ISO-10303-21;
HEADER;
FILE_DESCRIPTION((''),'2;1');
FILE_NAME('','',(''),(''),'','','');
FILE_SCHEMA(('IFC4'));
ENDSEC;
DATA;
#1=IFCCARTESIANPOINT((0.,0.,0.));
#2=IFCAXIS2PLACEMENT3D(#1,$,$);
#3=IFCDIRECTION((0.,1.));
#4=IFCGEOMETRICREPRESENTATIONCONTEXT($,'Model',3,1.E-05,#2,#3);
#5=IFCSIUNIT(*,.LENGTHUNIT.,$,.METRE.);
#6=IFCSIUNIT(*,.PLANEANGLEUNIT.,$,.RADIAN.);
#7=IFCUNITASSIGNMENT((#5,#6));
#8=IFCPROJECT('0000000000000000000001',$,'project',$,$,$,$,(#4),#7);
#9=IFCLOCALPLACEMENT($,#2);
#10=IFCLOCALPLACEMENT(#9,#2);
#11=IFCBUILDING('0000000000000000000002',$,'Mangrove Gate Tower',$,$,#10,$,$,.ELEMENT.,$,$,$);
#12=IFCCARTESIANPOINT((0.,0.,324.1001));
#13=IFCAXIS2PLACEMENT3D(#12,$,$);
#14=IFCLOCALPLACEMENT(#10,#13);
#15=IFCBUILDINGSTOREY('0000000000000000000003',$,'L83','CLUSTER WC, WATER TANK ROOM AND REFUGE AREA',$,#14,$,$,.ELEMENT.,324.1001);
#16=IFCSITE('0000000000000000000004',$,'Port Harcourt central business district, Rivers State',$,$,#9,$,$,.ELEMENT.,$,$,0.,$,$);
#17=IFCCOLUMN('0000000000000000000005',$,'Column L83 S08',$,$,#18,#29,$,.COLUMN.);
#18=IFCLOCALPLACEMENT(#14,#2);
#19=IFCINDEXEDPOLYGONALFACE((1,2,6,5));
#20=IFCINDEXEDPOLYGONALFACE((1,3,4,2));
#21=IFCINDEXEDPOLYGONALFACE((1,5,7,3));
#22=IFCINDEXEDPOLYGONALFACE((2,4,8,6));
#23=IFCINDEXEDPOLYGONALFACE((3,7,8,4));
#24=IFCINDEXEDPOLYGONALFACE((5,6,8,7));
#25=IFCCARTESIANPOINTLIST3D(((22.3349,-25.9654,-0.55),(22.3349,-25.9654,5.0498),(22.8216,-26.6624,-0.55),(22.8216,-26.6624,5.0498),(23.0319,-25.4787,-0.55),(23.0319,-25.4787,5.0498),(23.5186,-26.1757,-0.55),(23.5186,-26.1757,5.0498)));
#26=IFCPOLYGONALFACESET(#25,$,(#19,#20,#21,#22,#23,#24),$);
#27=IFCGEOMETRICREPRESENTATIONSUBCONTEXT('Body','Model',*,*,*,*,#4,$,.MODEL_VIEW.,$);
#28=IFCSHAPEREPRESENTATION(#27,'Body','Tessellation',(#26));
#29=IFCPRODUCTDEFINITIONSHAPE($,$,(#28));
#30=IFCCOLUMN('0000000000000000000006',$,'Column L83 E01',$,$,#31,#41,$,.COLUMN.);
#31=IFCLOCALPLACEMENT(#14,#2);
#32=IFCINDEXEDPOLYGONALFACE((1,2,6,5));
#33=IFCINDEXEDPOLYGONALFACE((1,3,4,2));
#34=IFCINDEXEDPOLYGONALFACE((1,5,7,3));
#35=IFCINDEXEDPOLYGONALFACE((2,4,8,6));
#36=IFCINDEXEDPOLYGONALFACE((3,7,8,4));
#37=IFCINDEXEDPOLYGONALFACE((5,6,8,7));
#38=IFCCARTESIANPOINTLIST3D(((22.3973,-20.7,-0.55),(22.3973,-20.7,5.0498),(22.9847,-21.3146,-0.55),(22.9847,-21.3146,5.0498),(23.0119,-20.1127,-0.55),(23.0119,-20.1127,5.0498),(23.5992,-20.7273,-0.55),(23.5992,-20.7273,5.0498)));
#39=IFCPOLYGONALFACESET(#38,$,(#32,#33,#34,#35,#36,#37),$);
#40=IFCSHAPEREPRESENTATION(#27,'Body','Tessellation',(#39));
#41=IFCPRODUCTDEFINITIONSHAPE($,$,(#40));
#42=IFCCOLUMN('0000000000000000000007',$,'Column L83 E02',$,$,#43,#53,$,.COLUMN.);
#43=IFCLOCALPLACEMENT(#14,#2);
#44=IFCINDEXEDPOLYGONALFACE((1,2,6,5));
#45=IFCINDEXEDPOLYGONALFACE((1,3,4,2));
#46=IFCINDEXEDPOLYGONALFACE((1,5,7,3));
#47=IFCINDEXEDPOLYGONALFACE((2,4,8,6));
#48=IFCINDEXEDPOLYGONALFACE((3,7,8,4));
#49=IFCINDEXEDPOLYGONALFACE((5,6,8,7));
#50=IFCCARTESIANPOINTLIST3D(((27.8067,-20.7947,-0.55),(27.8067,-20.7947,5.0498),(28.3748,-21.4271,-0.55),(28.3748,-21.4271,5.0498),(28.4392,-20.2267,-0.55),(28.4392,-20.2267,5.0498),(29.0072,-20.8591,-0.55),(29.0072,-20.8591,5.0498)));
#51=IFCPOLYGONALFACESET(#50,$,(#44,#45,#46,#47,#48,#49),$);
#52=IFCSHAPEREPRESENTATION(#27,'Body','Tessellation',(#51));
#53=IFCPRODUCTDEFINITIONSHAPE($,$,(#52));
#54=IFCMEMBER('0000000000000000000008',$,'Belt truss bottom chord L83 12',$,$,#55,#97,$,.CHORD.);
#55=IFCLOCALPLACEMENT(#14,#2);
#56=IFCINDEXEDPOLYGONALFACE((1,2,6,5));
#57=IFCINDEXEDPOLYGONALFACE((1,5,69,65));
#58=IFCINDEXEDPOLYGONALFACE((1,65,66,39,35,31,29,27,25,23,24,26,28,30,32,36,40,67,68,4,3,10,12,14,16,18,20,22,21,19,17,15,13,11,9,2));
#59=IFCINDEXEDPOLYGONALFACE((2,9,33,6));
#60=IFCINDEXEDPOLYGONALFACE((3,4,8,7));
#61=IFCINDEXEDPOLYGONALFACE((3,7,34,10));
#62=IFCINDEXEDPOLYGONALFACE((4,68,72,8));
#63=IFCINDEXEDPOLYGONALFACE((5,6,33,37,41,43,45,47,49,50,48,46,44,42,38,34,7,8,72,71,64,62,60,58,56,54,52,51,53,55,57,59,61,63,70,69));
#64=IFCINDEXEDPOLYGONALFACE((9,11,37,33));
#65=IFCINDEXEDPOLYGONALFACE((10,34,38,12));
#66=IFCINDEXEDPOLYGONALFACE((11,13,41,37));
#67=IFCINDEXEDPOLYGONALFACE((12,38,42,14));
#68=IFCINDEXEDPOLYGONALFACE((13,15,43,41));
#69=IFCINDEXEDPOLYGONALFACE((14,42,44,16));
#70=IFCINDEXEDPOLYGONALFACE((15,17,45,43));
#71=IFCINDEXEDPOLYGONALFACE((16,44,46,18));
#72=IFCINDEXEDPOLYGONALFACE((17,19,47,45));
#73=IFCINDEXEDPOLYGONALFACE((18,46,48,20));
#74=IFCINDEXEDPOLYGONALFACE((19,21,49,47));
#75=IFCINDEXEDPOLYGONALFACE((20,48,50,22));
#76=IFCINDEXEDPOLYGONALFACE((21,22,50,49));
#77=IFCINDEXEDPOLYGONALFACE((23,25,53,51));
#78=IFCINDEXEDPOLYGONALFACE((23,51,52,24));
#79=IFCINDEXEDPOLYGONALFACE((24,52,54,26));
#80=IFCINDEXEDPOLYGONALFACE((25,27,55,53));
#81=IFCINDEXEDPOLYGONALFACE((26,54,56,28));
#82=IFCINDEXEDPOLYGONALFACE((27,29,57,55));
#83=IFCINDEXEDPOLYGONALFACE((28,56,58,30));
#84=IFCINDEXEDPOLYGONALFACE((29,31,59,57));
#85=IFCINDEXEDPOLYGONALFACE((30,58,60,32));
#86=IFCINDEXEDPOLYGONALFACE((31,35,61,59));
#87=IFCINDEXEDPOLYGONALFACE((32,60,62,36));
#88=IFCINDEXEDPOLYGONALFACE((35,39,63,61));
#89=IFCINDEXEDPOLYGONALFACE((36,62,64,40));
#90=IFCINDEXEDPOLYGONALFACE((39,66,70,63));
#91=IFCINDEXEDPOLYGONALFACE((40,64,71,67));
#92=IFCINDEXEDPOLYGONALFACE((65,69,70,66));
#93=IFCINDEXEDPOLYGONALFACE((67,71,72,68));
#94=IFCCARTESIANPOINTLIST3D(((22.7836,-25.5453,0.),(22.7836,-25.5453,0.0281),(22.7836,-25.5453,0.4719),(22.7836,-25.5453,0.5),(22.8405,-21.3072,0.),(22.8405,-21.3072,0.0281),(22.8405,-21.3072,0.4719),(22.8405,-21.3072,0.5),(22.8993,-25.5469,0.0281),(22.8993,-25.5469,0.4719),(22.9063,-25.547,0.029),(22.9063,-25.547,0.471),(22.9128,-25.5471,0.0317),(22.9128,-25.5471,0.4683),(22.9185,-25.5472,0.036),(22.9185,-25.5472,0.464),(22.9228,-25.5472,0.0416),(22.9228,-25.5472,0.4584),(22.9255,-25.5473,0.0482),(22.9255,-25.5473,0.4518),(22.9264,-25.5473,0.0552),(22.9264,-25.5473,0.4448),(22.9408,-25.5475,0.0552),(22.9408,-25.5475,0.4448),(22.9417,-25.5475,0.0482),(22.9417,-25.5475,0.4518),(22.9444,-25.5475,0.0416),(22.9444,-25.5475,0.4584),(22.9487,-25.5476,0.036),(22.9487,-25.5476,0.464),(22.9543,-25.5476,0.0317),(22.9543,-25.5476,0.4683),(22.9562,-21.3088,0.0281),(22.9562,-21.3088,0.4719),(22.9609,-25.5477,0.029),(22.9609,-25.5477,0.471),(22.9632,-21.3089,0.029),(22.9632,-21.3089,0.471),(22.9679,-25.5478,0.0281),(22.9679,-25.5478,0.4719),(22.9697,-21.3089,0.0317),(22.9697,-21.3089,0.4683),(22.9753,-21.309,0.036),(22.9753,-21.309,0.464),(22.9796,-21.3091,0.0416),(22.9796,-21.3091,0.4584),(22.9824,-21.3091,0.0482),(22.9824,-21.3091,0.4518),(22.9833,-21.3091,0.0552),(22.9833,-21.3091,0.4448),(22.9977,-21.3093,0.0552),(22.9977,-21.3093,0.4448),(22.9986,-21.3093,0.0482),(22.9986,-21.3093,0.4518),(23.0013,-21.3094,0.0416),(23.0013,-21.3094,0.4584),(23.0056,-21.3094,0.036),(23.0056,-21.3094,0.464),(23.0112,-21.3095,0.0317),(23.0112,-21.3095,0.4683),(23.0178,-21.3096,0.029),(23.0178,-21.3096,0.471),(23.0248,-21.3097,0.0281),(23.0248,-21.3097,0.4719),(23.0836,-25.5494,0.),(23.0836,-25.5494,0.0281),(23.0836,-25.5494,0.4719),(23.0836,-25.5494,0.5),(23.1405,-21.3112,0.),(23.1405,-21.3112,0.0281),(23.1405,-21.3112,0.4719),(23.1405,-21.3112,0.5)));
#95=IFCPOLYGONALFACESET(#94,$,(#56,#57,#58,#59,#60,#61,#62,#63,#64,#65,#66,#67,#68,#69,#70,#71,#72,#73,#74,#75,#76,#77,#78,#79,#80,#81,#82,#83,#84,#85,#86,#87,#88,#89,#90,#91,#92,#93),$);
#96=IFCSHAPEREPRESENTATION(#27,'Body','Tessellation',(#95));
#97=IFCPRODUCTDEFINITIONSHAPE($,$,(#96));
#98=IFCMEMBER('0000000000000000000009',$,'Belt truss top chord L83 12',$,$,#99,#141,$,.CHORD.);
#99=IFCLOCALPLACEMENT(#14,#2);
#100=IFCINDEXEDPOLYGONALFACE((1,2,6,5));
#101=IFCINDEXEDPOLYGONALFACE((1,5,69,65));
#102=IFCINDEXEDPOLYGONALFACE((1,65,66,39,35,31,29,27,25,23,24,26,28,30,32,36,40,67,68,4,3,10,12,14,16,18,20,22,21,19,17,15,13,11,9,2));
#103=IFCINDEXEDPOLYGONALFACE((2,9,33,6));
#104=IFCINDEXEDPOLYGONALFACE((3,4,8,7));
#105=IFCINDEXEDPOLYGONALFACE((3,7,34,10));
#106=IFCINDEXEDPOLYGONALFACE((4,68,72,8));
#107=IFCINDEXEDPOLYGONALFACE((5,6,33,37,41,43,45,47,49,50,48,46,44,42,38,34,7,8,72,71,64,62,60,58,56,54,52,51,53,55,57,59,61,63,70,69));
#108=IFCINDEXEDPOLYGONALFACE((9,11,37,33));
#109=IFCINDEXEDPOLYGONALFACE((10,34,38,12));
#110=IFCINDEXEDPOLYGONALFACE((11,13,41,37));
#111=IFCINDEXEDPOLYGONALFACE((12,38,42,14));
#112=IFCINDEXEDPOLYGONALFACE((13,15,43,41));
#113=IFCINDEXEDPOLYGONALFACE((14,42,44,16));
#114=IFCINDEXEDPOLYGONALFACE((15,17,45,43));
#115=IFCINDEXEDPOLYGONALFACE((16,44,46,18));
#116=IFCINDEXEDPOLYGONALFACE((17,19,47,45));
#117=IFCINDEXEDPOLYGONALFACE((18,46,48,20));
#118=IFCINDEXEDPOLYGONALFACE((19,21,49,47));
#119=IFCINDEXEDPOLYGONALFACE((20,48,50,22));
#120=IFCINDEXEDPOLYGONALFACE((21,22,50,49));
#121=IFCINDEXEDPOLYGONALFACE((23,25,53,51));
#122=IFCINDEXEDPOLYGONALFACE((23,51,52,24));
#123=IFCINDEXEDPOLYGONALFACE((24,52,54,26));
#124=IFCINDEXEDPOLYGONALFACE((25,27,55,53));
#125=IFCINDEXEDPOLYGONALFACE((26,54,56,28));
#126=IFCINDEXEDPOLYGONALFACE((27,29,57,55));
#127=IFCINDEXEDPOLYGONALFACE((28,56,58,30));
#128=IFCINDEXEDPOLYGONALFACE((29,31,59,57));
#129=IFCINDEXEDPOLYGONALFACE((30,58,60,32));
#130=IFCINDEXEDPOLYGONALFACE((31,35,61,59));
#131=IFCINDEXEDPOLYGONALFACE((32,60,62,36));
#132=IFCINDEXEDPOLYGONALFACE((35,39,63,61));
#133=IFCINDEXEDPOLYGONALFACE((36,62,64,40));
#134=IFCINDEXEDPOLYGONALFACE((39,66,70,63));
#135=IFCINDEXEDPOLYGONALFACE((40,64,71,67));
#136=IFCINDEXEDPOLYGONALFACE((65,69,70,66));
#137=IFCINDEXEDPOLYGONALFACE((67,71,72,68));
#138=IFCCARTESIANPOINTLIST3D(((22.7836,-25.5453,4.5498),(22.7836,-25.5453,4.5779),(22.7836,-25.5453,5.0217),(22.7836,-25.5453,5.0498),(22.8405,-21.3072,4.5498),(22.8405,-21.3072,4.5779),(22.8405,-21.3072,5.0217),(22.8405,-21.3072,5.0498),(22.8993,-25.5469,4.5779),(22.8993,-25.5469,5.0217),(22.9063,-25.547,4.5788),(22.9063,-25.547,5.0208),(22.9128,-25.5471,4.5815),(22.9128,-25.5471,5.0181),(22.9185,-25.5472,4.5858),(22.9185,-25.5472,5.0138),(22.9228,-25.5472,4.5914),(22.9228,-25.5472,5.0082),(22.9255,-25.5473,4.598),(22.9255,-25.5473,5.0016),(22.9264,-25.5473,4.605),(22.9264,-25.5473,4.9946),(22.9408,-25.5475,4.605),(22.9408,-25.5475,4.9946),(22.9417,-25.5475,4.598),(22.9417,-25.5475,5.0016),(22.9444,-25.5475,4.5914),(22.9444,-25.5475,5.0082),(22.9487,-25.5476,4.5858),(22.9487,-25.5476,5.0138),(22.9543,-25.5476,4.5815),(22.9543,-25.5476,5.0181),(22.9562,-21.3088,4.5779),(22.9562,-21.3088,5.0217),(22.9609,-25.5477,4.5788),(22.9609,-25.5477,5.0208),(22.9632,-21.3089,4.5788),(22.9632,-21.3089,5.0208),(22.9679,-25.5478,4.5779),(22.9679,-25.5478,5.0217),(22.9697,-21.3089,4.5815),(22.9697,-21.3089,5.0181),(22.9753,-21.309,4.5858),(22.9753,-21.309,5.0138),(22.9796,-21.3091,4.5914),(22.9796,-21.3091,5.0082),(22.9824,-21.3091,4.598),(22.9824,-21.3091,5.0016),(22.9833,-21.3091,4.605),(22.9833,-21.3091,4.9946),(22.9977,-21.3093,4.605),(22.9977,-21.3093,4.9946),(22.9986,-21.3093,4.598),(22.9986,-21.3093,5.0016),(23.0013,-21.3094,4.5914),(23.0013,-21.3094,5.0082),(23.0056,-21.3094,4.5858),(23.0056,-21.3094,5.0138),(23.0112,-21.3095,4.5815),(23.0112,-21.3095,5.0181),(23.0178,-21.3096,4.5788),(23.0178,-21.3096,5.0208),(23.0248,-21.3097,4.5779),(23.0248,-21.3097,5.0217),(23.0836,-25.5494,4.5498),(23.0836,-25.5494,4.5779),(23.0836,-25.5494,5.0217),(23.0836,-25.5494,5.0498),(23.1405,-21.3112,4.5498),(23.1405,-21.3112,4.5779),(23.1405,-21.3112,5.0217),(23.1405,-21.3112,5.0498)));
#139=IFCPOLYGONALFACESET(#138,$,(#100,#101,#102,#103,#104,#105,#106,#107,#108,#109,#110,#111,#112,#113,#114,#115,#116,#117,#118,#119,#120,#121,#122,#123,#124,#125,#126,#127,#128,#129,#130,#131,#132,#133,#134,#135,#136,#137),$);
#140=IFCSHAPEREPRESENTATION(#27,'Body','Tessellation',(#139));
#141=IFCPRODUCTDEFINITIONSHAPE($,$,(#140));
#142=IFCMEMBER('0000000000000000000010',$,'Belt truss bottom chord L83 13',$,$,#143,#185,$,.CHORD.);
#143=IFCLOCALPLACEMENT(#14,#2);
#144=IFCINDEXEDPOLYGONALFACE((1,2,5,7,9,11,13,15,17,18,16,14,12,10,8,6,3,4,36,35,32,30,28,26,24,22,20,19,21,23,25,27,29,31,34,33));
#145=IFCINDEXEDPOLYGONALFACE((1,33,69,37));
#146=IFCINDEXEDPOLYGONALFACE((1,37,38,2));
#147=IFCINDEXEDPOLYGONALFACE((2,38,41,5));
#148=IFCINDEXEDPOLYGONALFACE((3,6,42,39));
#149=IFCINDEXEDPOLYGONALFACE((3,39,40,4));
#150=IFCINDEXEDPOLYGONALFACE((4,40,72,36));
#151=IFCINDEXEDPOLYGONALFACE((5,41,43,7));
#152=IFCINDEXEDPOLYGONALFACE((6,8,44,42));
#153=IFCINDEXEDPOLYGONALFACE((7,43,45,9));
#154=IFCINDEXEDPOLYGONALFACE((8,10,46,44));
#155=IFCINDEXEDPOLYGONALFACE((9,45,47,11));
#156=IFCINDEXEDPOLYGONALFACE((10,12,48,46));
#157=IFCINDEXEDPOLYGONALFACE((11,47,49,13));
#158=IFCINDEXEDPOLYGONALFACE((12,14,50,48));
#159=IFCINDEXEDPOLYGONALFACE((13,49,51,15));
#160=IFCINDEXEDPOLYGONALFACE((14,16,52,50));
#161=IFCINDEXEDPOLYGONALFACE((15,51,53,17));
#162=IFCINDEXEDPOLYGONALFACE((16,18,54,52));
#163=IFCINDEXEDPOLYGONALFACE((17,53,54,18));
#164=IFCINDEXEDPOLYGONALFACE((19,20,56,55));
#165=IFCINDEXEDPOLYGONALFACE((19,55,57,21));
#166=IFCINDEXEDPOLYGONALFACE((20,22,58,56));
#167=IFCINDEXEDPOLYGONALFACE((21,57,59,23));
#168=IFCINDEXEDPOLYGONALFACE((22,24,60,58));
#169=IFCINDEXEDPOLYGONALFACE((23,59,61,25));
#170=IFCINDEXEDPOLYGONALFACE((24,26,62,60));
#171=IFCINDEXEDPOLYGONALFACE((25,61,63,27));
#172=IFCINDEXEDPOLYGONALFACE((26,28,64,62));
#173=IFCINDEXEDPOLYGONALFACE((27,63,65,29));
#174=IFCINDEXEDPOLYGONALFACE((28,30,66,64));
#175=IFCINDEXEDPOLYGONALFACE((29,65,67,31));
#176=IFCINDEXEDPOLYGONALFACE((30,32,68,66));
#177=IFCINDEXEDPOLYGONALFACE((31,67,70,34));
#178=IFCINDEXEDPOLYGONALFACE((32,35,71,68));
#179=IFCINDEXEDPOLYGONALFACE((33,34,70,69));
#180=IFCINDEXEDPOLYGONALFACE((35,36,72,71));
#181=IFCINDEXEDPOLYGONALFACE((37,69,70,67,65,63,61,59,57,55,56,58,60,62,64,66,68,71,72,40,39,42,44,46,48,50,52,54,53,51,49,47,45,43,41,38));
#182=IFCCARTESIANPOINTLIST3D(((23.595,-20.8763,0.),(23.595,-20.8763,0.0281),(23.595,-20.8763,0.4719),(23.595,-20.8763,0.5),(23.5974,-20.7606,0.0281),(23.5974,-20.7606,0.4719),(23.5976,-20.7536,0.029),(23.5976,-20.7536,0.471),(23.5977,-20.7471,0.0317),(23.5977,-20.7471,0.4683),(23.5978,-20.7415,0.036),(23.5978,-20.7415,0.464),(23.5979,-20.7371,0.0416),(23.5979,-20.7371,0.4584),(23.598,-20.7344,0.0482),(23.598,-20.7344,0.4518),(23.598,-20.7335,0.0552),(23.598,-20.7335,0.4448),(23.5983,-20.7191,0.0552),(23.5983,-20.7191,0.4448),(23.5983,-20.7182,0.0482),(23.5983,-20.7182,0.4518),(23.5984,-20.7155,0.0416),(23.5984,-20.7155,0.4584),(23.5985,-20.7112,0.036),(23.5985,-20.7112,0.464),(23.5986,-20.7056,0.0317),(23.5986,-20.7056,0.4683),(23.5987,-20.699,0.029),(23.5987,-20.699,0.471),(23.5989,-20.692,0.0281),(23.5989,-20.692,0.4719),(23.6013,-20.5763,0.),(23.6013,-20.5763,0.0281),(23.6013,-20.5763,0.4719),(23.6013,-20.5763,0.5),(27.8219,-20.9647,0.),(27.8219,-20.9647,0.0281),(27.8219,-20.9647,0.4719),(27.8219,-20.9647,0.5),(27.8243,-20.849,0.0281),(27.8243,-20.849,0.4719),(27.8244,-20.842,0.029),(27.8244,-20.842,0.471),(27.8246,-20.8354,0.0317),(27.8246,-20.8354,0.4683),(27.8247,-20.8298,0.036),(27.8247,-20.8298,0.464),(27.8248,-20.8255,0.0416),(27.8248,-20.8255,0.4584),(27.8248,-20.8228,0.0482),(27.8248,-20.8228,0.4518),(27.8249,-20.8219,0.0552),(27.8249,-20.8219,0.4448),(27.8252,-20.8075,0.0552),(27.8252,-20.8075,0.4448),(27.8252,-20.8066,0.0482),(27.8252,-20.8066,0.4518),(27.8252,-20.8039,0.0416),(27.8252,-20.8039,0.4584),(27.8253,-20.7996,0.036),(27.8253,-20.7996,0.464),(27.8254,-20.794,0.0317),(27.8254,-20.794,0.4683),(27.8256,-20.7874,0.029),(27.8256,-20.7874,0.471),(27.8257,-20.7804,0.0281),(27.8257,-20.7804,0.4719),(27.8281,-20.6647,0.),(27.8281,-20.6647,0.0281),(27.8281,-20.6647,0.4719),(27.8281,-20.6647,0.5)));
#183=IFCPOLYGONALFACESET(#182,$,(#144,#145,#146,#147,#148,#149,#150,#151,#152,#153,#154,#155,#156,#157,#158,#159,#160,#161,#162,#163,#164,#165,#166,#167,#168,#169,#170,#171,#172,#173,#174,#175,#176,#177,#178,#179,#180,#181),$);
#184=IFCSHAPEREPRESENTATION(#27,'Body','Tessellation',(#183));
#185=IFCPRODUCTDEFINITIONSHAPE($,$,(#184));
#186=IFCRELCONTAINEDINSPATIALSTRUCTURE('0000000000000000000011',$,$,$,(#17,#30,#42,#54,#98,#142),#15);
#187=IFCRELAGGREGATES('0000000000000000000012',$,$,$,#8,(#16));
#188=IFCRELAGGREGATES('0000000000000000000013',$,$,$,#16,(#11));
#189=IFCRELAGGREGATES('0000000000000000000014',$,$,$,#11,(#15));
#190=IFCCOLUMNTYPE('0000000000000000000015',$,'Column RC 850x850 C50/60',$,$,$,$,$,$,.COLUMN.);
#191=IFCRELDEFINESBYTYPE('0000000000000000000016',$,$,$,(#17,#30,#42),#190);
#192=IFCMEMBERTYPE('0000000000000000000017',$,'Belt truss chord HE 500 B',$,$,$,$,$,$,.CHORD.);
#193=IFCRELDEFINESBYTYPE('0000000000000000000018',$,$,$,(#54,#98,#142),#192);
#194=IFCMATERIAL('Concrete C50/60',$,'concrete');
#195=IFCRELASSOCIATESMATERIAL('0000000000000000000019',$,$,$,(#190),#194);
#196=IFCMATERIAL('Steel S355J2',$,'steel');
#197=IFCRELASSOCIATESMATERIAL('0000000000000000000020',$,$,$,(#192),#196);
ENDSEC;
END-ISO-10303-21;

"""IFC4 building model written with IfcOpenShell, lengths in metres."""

from ifc_helpers import new_model, si_unit, direction, frame, origin, origin_2d, place, context, subcontext, project, spatial, rectangle, i_section, extrude, material, material_profile, profile_set, type_object, element, save


model = new_model("IFC4")

# Units and contexts
model_context = context("Model", 3, precision=1e-05, world=origin(), true_north=direction((0.0, 1.0)))
body_context = subcontext(model_context, "Body", "Model", "MODEL_VIEW")
ifc_project = project(units=[si_unit("LENGTHUNIT", "METRE"), si_unit("PLANEANGLEUNIT", "RADIAN")], contexts=[model_context])

# Site, building, storey
site_placement = place(None, origin())
site = spatial("IfcSite", under=ifc_project, at=site_placement, Name="Port Harcourt central business district, Rivers State", CompositionType="ELEMENT", RefElevation=0.0)
building_placement = place(site_placement, origin())
building = spatial("IfcBuilding", under=site, at=building_placement, Name="Mangrove Gate Tower", CompositionType="ELEMENT")
storey_placement = place(building_placement, frame((0.0, 0.0, 324.1001)))
storey = spatial("IfcBuildingStorey", under=building, at=storey_placement, Name="L83", Description="CLUSTER WC, WATER TANK ROOM AND REFUGE AREA", CompositionType="ELEMENT", Elevation=324.1001)

# Columns
ifc_material_1 = material(Name="Concrete C50/60", Category="concrete")
ifc_material_profile_1 = material_profile(ifc_material_1, rectangle(XDim=0.8501, YDim=0.8501, at=origin_2d()))
ifc_profile_set_1 = profile_set([ifc_material_profile_1], Name="Concrete C50/60")
column_type = type_object("IfcColumnType", Name="Column RC 850x850 C50/60", PredefinedType="COLUMN", material=ifc_profile_set_1)
for number, where, z_axis, x_axis, name in (
    (1, (22.9268, -26.0706, -0.55), (0.0, 0.0, 1.0), (0.81992, 0.572478, 0.0), "Column L83 S08"),
    (2, (22.9983, -20.7136, -0.55), (0.0, 0.0, 1.0), (0.722966, 0.690884, 0.0), "Column L83 E01"),
    (3, (28.407, -20.8269, -0.55), (0.0, 0.0, 1.0), (0.744005, 0.668174, 0.0), "Column L83 E02"),
):
    element("IfcColumn", number, at=place(storey_placement, frame(where, z_axis=z_axis, x_axis=x_axis)), inside=storey, type_object=column_type, Name=name, PredefinedType="COLUMN", context=body_context, shape_type="SweptSolid", body=[
        extrude(rectangle(XDim=0.8501, YDim=0.8501, at=origin_2d()), origin(), (0.0, 0.0, 1.0), 5.5999),
    ])

# Members
ifc_material_2 = material(Name="Steel S355J2", Category="steel")
ifc_material_profile_2 = material_profile(ifc_material_2, i_section(OverallWidth=0.3, OverallDepth=0.5, WebThickness=0.0144, FlangeThickness=0.0281, FilletRadius=0.0271, at=origin_2d()))
ifc_profile_set_2 = profile_set([ifc_material_profile_2], Name="Steel S355J2")
member_type_1 = type_object("IfcMemberType", Name="Belt truss chord HE 500 B", PredefinedType="CHORD", material=ifc_profile_set_2)
for number, where, z_axis, x_axis, name in (
    (4, (22.9336, -25.5474, 0.25), (0.013421, 0.99991, 0.0), (-0.99991, 0.013421, 0.0), "Belt truss bottom chord L83 12"),
    (5, (22.9336, -25.5474, 4.7998), (0.013421, 0.99991, 0.0), (-0.99991, 0.013421, 0.0), "Belt truss top chord L83 12"),
):
    element("IfcMember", number, at=place(storey_placement, frame(where, z_axis=z_axis, x_axis=x_axis)), inside=storey, type_object=member_type_1, Name=name, PredefinedType="CHORD", context=body_context, shape_type="SweptSolid", body=[
        extrude(i_section(OverallWidth=0.3, OverallDepth=0.5, WebThickness=0.0144, FlangeThickness=0.0281, FilletRadius=0.0271, at=origin_2d()), origin(), (0.0, 0.0, 1.0), 4.2385),
    ])
for number, where, z_axis, x_axis, name in (
    (6, (23.5981, -20.7263, 0.25), (0.999781, -0.020905, 0.0), (0.020905, 0.999781, 0.0), "Belt truss bottom chord L83 13"),
):
    element("IfcMember", number, at=place(storey_placement, frame(where, z_axis=z_axis, x_axis=x_axis)), inside=storey, type_object=member_type_1, Name=name, PredefinedType="CHORD", context=body_context, shape_type="SweptSolid", body=[
        extrude(i_section(OverallWidth=0.3, OverallDepth=0.5, WebThickness=0.0144, FlangeThickness=0.0281, FilletRadius=0.0271, at=origin_2d()), origin(), (0.0, 0.0, 1.0), 4.2278),
    ])

save(model, "model.ifc")
